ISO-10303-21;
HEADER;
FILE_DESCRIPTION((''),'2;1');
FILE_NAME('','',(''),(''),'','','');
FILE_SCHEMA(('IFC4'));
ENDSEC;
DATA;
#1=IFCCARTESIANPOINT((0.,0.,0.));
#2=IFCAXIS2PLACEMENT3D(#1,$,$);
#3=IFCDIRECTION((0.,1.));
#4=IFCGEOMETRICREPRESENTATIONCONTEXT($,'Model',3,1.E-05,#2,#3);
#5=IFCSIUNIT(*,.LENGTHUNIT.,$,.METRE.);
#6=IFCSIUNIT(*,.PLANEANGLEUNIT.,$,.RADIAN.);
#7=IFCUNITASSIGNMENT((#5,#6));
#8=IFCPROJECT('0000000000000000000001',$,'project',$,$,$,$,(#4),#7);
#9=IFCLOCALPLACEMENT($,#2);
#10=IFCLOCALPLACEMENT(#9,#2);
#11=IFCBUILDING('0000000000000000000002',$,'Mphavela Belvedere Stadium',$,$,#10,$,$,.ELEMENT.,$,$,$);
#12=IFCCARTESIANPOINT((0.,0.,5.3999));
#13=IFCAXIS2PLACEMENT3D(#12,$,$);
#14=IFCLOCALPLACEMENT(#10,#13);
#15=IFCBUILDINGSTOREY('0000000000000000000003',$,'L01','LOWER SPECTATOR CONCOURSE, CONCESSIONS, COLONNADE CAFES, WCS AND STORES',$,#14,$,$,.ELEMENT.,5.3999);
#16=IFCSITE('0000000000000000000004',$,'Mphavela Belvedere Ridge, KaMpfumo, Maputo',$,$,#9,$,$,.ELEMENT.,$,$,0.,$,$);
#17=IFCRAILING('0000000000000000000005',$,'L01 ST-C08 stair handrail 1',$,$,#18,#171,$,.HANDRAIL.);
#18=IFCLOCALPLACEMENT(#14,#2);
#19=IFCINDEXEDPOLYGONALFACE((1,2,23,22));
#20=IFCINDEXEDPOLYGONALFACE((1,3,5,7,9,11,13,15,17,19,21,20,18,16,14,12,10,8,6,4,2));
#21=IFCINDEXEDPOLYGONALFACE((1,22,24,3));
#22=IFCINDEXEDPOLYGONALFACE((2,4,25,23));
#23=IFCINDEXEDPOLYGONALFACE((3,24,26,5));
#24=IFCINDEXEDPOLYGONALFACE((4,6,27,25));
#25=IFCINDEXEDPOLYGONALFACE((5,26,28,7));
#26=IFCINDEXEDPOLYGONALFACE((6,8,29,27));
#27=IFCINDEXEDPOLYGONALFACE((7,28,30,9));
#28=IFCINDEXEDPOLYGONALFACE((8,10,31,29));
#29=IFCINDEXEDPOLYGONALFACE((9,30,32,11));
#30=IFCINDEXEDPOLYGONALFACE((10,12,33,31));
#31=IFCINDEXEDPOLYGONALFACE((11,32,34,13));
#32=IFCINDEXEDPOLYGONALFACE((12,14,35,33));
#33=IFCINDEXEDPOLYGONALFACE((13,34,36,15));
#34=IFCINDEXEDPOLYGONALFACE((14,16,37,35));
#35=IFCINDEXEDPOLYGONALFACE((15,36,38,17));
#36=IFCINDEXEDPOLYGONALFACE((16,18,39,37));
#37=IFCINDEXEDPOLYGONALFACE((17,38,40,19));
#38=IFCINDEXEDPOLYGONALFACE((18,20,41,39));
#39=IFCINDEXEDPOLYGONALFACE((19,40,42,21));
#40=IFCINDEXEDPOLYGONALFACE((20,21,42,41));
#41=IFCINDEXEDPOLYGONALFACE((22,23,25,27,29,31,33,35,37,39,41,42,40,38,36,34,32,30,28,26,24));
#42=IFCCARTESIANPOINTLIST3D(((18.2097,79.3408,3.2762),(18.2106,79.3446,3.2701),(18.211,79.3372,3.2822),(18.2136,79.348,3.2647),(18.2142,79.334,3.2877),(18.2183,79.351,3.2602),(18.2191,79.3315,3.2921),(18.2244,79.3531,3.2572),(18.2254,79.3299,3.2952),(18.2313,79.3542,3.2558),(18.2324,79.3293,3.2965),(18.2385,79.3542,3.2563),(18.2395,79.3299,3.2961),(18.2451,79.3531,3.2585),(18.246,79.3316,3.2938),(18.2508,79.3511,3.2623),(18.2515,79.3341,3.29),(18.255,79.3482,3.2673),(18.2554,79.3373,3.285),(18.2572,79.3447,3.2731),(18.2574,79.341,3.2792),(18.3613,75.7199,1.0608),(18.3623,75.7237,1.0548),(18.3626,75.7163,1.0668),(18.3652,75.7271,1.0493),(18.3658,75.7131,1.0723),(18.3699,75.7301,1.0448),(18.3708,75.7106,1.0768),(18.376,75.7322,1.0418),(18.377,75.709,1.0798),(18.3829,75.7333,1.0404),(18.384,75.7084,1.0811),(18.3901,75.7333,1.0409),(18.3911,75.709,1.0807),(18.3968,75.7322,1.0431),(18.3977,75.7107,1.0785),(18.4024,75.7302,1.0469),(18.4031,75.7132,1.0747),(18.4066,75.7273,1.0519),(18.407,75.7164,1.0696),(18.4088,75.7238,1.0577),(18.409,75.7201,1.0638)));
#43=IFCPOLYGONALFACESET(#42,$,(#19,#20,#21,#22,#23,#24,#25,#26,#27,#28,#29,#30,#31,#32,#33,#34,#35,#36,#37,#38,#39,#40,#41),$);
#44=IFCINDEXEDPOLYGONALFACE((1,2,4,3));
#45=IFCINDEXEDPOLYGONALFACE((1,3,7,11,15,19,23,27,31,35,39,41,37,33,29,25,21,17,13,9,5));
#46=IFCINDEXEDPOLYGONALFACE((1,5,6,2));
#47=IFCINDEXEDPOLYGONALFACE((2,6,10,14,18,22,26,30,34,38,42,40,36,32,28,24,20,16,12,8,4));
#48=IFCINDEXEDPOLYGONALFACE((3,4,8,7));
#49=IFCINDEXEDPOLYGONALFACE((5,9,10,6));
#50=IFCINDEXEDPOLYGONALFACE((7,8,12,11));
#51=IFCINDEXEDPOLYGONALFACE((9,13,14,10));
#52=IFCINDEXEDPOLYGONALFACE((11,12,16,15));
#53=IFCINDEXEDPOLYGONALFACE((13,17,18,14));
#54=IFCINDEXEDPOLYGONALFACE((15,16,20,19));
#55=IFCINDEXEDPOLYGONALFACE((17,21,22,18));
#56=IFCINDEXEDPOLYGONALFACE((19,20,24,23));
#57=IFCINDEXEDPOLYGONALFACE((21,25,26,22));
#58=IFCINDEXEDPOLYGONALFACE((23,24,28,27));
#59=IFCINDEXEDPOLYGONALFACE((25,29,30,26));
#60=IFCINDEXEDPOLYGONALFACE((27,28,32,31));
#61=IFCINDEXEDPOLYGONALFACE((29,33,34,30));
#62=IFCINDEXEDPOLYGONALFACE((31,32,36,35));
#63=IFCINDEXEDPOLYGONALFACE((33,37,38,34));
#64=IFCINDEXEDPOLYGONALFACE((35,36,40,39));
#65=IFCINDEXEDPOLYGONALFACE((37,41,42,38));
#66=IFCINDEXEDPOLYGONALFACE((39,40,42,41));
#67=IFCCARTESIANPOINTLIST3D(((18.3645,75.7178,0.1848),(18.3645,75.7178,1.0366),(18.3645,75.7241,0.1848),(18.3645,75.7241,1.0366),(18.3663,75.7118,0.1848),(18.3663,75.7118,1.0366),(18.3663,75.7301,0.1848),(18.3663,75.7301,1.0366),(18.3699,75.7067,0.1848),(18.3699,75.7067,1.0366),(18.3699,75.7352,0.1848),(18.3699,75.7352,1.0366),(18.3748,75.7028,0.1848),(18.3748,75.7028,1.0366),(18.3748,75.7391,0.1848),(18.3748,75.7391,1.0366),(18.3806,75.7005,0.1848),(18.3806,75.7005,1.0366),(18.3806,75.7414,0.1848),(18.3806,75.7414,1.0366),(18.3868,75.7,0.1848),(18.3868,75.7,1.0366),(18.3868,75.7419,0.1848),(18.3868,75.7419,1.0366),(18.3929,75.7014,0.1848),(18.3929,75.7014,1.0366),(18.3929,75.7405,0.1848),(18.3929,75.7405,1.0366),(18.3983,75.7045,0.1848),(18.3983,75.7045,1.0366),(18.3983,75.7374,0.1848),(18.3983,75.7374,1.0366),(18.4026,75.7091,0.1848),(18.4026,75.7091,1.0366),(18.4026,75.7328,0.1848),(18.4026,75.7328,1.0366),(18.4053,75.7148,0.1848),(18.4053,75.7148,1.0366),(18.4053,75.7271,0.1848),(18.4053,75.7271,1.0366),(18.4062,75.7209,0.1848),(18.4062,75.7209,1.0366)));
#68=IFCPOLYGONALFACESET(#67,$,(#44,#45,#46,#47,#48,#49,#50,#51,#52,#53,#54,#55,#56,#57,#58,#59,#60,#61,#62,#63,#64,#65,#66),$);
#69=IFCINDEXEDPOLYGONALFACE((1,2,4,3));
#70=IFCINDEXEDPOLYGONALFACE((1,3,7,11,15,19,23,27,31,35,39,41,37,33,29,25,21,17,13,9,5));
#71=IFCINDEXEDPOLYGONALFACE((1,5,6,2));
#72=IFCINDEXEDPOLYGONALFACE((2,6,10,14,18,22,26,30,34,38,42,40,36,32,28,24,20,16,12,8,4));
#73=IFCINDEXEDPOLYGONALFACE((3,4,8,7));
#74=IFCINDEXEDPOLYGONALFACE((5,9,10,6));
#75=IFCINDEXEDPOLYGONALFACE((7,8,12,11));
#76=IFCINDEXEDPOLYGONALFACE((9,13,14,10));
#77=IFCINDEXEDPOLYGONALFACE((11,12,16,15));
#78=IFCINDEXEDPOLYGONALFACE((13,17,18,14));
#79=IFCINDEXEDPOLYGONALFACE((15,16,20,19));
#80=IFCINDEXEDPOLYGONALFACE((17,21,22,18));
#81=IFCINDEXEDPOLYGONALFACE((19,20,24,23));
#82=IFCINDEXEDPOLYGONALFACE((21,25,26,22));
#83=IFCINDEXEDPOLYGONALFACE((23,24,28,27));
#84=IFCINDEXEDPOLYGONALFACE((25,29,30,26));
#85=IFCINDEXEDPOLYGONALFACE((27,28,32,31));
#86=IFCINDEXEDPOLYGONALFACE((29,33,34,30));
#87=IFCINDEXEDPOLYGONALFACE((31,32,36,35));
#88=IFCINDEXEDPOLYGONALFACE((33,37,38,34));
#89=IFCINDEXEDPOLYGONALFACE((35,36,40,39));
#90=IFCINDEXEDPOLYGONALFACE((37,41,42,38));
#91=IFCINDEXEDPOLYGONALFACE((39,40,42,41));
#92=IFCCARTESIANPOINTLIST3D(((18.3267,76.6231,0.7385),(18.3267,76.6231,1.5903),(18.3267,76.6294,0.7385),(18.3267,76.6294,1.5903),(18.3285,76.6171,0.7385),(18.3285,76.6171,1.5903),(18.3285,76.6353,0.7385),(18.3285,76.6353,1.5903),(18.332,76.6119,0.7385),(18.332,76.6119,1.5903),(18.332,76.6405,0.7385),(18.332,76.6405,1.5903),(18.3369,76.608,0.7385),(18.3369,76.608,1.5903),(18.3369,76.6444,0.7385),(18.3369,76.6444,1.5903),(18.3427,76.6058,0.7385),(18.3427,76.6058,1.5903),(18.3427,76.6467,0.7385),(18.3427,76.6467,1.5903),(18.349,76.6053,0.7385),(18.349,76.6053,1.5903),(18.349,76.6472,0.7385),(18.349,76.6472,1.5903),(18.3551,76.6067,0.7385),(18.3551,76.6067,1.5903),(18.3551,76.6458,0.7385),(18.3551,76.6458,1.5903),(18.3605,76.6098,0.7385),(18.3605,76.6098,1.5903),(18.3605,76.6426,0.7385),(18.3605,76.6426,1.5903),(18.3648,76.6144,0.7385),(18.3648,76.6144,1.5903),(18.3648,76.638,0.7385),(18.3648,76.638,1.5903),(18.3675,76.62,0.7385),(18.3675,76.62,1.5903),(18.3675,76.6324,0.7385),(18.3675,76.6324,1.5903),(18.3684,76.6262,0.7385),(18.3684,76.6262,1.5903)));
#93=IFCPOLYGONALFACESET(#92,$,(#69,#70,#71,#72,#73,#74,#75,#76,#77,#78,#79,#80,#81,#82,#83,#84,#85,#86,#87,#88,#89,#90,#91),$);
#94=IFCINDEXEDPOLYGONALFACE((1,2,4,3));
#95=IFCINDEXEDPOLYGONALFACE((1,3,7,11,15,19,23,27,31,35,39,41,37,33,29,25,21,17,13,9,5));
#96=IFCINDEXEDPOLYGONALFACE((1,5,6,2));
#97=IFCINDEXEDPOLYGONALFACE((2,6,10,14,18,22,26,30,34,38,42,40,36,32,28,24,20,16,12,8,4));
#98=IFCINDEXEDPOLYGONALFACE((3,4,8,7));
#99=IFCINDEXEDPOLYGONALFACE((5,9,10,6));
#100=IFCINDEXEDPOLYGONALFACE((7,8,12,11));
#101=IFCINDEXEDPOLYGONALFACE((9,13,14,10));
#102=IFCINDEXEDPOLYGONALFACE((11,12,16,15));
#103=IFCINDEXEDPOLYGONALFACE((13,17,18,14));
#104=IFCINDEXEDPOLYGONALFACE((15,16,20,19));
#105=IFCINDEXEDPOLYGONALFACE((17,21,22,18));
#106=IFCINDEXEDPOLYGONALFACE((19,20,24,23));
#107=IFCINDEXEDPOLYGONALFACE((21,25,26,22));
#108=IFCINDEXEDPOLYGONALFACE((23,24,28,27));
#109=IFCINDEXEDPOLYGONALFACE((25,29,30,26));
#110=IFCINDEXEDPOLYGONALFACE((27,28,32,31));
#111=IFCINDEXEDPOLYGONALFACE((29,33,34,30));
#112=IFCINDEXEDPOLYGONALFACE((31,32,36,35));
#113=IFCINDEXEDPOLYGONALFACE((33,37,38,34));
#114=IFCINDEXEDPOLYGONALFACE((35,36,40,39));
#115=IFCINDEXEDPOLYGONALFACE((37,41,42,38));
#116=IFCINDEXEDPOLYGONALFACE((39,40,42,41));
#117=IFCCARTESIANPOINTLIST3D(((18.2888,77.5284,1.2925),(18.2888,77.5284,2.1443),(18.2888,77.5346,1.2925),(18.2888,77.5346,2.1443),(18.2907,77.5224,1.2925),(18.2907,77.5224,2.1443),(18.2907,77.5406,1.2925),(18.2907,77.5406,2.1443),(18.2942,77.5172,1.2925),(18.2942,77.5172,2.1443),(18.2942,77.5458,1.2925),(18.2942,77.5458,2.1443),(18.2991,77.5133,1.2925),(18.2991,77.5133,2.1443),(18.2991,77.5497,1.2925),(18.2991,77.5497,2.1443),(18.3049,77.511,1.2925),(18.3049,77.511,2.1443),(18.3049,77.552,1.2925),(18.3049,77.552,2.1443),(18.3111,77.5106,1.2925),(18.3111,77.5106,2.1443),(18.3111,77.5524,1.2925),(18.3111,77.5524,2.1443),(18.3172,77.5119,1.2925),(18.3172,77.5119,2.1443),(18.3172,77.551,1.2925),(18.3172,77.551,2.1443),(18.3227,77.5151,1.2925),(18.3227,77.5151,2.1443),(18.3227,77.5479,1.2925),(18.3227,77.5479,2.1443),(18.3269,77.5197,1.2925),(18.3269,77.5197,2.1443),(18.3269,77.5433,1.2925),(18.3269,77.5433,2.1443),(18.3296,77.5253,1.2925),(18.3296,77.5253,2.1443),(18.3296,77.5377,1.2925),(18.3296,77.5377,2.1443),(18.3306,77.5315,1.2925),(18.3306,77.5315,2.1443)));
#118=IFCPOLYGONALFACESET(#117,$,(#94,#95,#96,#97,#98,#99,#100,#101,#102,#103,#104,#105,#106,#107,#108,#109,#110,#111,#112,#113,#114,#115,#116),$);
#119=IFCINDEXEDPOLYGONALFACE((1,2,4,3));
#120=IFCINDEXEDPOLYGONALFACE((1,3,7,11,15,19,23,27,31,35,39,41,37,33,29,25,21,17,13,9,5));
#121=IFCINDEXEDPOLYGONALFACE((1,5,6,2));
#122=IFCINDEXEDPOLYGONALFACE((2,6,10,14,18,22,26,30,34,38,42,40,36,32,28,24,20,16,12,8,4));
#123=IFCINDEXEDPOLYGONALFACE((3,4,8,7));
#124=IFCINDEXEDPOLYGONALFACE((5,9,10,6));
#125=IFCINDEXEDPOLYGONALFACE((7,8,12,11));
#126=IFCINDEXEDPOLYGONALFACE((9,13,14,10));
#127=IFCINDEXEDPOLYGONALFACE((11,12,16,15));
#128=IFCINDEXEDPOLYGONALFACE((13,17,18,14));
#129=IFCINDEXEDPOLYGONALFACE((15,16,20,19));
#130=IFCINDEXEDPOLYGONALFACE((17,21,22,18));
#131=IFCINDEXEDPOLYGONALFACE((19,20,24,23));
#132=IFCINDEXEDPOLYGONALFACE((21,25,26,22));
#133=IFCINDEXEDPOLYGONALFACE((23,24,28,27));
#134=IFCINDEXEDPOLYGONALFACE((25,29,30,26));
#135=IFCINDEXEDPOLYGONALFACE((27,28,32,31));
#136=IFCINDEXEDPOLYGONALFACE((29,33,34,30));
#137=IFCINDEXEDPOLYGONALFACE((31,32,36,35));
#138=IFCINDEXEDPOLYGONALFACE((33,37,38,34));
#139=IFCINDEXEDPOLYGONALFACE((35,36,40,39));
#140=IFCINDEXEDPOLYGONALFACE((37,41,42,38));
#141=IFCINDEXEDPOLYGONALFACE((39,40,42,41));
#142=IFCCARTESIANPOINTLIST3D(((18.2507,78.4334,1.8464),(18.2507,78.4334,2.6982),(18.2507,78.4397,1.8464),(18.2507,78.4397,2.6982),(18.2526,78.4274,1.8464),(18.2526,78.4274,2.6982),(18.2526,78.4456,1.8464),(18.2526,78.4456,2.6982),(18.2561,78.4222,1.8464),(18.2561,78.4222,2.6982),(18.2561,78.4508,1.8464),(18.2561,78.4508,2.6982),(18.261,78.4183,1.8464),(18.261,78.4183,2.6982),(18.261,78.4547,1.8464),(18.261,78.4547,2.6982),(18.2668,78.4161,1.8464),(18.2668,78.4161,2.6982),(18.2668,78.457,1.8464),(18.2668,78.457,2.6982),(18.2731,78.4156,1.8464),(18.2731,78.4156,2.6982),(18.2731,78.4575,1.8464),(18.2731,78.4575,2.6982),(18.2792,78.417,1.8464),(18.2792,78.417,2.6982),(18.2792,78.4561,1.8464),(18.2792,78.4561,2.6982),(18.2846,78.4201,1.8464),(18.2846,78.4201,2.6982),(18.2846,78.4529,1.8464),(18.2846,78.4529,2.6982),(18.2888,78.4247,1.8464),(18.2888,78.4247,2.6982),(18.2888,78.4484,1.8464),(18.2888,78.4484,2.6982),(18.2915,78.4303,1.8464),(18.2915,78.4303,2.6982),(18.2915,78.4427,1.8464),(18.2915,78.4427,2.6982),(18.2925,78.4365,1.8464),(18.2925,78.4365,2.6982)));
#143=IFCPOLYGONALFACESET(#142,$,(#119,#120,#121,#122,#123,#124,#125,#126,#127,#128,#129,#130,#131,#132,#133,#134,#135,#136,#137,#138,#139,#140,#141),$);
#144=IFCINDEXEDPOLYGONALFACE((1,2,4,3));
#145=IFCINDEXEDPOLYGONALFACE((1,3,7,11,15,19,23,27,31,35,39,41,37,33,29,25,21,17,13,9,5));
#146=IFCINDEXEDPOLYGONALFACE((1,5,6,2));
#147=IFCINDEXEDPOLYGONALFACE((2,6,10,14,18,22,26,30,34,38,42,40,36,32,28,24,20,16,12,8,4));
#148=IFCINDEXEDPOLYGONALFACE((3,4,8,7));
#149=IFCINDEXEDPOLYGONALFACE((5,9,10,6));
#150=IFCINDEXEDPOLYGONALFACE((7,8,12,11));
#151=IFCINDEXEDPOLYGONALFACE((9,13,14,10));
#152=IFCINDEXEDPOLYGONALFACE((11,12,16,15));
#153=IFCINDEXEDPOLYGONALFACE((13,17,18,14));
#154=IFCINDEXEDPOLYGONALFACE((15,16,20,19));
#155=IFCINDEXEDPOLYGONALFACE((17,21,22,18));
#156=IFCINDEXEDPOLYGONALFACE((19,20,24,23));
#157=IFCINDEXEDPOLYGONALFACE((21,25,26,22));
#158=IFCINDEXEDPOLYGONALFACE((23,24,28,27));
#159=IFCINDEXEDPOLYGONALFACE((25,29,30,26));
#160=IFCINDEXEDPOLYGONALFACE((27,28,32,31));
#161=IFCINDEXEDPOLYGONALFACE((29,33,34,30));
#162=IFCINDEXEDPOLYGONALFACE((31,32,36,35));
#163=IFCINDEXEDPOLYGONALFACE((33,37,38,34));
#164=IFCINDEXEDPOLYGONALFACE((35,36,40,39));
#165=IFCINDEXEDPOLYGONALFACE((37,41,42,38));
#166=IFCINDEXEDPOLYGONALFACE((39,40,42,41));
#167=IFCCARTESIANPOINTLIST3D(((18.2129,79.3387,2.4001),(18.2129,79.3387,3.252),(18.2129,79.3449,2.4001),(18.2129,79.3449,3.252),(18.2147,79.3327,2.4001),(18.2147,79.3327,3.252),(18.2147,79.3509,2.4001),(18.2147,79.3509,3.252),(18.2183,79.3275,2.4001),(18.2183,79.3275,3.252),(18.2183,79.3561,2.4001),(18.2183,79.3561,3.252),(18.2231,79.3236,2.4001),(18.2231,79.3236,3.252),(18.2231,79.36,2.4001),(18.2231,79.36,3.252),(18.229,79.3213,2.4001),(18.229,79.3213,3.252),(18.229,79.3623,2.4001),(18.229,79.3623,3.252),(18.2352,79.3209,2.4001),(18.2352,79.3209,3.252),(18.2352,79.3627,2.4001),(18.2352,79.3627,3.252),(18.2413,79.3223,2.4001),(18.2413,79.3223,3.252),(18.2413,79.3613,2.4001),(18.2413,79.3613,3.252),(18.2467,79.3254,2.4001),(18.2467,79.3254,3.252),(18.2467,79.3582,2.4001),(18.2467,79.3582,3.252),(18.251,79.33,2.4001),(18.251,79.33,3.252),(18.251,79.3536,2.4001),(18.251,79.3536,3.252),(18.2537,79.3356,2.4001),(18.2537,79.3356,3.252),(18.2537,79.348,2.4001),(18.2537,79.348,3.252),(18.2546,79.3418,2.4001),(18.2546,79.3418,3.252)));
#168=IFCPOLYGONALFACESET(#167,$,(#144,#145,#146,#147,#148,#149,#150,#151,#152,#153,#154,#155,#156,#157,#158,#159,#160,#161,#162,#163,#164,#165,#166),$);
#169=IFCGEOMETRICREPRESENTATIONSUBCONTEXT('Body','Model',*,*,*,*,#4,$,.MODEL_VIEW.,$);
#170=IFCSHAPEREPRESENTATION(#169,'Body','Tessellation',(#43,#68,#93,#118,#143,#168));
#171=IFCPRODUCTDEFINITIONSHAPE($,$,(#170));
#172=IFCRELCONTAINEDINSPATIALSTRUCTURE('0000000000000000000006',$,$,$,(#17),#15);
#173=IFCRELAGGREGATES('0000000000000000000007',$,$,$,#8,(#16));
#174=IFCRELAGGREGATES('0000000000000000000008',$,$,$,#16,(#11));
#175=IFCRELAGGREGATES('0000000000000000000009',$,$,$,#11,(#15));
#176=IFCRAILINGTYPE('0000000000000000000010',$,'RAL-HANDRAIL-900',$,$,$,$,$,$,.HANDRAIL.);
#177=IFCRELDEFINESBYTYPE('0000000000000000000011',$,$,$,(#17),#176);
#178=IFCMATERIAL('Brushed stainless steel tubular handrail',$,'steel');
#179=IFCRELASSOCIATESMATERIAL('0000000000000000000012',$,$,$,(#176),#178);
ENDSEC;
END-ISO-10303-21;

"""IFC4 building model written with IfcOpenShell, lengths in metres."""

from ifc_helpers import new_model, si_unit, direction, frame, origin, origin_2d, place, context, subcontext, project, spatial, circle, extrude, material, type_object, element, save


model = new_model("IFC4")

# Units and contexts
model_context = context("Model", 3, precision=1e-05, world=origin(), true_north=direction((0.0, 1.0)))
body_context = subcontext(model_context, "Body", "Model", "MODEL_VIEW")
ifc_project = project(units=[si_unit("LENGTHUNIT", "METRE"), si_unit("PLANEANGLEUNIT", "RADIAN")], contexts=[model_context])

# Site, building, storey
site_placement = place(None, origin())
site = spatial("IfcSite", under=ifc_project, at=site_placement, Name="Mphavela Belvedere Ridge, KaMpfumo, Maputo", CompositionType="ELEMENT", RefElevation=0.0)
building_placement = place(site_placement, origin())
building = spatial("IfcBuilding", under=site, at=building_placement, Name="Mphavela Belvedere Stadium", CompositionType="ELEMENT")
storey_placement = place(building_placement, frame((0.0, 0.0, 5.3999)))
storey = spatial("IfcBuildingStorey", under=building, at=storey_placement, Name="L01", Description="LOWER SPECTATOR CONCOURSE, CONCESSIONS, COLONNADE CAFES, WCS AND STORES", CompositionType="ELEMENT", Elevation=5.3999)

# Railing
ifc_material_1 = material(Name="Brushed stainless steel tubular handrail", Category="steel")
railing_type_1 = type_object("IfcRailingType", Name="RAL-HANDRAIL-900", PredefinedType="HANDRAIL", material=ifc_material_1)
railing_1_placement = place(storey_placement, frame((18.3853, 75.7209, 0.1848)))
element("IfcRailing", 1, at=railing_1_placement, inside=storey, type_object=railing_type_1, Name="L01 ST-C08 stair handrail 1", PredefinedType="HANDRAIL", context=body_context, shape_type="SweptSolid", body=[
    extrude(circle(Radius=0.0239, at=origin_2d()), frame((0.0, 0.0, 0.876), z_axis=(-0.035694, 0.852467, 0.521562), x_axis=(-0.999125, -0.041835, 0.0)), (0.0, 0.0, 1.0), 4.2476),
    extrude(circle(Radius=0.021, at=origin_2d()), origin(), (0.0, 0.0, 1.0), 0.8518),
    extrude(circle(Radius=0.021, at=origin_2d()), frame((-0.0378, 0.9053, 0.5537)), (0.0, 0.0, 1.0), 0.8518),
    extrude(circle(Radius=0.021, at=origin_2d()), frame((-0.0757, 1.8105, 1.1077)), (0.0, 0.0, 1.0), 0.8518),
    extrude(circle(Radius=0.021, at=origin_2d()), frame((-0.1138, 2.7156, 1.6616)), (0.0, 0.0, 1.0), 0.8518),
    extrude(circle(Radius=0.021, at=origin_2d()), frame((-0.1516, 3.6208, 2.2153)), (0.0, 0.0, 1.0), 0.8518),
])

save(model, "model.ifc")
